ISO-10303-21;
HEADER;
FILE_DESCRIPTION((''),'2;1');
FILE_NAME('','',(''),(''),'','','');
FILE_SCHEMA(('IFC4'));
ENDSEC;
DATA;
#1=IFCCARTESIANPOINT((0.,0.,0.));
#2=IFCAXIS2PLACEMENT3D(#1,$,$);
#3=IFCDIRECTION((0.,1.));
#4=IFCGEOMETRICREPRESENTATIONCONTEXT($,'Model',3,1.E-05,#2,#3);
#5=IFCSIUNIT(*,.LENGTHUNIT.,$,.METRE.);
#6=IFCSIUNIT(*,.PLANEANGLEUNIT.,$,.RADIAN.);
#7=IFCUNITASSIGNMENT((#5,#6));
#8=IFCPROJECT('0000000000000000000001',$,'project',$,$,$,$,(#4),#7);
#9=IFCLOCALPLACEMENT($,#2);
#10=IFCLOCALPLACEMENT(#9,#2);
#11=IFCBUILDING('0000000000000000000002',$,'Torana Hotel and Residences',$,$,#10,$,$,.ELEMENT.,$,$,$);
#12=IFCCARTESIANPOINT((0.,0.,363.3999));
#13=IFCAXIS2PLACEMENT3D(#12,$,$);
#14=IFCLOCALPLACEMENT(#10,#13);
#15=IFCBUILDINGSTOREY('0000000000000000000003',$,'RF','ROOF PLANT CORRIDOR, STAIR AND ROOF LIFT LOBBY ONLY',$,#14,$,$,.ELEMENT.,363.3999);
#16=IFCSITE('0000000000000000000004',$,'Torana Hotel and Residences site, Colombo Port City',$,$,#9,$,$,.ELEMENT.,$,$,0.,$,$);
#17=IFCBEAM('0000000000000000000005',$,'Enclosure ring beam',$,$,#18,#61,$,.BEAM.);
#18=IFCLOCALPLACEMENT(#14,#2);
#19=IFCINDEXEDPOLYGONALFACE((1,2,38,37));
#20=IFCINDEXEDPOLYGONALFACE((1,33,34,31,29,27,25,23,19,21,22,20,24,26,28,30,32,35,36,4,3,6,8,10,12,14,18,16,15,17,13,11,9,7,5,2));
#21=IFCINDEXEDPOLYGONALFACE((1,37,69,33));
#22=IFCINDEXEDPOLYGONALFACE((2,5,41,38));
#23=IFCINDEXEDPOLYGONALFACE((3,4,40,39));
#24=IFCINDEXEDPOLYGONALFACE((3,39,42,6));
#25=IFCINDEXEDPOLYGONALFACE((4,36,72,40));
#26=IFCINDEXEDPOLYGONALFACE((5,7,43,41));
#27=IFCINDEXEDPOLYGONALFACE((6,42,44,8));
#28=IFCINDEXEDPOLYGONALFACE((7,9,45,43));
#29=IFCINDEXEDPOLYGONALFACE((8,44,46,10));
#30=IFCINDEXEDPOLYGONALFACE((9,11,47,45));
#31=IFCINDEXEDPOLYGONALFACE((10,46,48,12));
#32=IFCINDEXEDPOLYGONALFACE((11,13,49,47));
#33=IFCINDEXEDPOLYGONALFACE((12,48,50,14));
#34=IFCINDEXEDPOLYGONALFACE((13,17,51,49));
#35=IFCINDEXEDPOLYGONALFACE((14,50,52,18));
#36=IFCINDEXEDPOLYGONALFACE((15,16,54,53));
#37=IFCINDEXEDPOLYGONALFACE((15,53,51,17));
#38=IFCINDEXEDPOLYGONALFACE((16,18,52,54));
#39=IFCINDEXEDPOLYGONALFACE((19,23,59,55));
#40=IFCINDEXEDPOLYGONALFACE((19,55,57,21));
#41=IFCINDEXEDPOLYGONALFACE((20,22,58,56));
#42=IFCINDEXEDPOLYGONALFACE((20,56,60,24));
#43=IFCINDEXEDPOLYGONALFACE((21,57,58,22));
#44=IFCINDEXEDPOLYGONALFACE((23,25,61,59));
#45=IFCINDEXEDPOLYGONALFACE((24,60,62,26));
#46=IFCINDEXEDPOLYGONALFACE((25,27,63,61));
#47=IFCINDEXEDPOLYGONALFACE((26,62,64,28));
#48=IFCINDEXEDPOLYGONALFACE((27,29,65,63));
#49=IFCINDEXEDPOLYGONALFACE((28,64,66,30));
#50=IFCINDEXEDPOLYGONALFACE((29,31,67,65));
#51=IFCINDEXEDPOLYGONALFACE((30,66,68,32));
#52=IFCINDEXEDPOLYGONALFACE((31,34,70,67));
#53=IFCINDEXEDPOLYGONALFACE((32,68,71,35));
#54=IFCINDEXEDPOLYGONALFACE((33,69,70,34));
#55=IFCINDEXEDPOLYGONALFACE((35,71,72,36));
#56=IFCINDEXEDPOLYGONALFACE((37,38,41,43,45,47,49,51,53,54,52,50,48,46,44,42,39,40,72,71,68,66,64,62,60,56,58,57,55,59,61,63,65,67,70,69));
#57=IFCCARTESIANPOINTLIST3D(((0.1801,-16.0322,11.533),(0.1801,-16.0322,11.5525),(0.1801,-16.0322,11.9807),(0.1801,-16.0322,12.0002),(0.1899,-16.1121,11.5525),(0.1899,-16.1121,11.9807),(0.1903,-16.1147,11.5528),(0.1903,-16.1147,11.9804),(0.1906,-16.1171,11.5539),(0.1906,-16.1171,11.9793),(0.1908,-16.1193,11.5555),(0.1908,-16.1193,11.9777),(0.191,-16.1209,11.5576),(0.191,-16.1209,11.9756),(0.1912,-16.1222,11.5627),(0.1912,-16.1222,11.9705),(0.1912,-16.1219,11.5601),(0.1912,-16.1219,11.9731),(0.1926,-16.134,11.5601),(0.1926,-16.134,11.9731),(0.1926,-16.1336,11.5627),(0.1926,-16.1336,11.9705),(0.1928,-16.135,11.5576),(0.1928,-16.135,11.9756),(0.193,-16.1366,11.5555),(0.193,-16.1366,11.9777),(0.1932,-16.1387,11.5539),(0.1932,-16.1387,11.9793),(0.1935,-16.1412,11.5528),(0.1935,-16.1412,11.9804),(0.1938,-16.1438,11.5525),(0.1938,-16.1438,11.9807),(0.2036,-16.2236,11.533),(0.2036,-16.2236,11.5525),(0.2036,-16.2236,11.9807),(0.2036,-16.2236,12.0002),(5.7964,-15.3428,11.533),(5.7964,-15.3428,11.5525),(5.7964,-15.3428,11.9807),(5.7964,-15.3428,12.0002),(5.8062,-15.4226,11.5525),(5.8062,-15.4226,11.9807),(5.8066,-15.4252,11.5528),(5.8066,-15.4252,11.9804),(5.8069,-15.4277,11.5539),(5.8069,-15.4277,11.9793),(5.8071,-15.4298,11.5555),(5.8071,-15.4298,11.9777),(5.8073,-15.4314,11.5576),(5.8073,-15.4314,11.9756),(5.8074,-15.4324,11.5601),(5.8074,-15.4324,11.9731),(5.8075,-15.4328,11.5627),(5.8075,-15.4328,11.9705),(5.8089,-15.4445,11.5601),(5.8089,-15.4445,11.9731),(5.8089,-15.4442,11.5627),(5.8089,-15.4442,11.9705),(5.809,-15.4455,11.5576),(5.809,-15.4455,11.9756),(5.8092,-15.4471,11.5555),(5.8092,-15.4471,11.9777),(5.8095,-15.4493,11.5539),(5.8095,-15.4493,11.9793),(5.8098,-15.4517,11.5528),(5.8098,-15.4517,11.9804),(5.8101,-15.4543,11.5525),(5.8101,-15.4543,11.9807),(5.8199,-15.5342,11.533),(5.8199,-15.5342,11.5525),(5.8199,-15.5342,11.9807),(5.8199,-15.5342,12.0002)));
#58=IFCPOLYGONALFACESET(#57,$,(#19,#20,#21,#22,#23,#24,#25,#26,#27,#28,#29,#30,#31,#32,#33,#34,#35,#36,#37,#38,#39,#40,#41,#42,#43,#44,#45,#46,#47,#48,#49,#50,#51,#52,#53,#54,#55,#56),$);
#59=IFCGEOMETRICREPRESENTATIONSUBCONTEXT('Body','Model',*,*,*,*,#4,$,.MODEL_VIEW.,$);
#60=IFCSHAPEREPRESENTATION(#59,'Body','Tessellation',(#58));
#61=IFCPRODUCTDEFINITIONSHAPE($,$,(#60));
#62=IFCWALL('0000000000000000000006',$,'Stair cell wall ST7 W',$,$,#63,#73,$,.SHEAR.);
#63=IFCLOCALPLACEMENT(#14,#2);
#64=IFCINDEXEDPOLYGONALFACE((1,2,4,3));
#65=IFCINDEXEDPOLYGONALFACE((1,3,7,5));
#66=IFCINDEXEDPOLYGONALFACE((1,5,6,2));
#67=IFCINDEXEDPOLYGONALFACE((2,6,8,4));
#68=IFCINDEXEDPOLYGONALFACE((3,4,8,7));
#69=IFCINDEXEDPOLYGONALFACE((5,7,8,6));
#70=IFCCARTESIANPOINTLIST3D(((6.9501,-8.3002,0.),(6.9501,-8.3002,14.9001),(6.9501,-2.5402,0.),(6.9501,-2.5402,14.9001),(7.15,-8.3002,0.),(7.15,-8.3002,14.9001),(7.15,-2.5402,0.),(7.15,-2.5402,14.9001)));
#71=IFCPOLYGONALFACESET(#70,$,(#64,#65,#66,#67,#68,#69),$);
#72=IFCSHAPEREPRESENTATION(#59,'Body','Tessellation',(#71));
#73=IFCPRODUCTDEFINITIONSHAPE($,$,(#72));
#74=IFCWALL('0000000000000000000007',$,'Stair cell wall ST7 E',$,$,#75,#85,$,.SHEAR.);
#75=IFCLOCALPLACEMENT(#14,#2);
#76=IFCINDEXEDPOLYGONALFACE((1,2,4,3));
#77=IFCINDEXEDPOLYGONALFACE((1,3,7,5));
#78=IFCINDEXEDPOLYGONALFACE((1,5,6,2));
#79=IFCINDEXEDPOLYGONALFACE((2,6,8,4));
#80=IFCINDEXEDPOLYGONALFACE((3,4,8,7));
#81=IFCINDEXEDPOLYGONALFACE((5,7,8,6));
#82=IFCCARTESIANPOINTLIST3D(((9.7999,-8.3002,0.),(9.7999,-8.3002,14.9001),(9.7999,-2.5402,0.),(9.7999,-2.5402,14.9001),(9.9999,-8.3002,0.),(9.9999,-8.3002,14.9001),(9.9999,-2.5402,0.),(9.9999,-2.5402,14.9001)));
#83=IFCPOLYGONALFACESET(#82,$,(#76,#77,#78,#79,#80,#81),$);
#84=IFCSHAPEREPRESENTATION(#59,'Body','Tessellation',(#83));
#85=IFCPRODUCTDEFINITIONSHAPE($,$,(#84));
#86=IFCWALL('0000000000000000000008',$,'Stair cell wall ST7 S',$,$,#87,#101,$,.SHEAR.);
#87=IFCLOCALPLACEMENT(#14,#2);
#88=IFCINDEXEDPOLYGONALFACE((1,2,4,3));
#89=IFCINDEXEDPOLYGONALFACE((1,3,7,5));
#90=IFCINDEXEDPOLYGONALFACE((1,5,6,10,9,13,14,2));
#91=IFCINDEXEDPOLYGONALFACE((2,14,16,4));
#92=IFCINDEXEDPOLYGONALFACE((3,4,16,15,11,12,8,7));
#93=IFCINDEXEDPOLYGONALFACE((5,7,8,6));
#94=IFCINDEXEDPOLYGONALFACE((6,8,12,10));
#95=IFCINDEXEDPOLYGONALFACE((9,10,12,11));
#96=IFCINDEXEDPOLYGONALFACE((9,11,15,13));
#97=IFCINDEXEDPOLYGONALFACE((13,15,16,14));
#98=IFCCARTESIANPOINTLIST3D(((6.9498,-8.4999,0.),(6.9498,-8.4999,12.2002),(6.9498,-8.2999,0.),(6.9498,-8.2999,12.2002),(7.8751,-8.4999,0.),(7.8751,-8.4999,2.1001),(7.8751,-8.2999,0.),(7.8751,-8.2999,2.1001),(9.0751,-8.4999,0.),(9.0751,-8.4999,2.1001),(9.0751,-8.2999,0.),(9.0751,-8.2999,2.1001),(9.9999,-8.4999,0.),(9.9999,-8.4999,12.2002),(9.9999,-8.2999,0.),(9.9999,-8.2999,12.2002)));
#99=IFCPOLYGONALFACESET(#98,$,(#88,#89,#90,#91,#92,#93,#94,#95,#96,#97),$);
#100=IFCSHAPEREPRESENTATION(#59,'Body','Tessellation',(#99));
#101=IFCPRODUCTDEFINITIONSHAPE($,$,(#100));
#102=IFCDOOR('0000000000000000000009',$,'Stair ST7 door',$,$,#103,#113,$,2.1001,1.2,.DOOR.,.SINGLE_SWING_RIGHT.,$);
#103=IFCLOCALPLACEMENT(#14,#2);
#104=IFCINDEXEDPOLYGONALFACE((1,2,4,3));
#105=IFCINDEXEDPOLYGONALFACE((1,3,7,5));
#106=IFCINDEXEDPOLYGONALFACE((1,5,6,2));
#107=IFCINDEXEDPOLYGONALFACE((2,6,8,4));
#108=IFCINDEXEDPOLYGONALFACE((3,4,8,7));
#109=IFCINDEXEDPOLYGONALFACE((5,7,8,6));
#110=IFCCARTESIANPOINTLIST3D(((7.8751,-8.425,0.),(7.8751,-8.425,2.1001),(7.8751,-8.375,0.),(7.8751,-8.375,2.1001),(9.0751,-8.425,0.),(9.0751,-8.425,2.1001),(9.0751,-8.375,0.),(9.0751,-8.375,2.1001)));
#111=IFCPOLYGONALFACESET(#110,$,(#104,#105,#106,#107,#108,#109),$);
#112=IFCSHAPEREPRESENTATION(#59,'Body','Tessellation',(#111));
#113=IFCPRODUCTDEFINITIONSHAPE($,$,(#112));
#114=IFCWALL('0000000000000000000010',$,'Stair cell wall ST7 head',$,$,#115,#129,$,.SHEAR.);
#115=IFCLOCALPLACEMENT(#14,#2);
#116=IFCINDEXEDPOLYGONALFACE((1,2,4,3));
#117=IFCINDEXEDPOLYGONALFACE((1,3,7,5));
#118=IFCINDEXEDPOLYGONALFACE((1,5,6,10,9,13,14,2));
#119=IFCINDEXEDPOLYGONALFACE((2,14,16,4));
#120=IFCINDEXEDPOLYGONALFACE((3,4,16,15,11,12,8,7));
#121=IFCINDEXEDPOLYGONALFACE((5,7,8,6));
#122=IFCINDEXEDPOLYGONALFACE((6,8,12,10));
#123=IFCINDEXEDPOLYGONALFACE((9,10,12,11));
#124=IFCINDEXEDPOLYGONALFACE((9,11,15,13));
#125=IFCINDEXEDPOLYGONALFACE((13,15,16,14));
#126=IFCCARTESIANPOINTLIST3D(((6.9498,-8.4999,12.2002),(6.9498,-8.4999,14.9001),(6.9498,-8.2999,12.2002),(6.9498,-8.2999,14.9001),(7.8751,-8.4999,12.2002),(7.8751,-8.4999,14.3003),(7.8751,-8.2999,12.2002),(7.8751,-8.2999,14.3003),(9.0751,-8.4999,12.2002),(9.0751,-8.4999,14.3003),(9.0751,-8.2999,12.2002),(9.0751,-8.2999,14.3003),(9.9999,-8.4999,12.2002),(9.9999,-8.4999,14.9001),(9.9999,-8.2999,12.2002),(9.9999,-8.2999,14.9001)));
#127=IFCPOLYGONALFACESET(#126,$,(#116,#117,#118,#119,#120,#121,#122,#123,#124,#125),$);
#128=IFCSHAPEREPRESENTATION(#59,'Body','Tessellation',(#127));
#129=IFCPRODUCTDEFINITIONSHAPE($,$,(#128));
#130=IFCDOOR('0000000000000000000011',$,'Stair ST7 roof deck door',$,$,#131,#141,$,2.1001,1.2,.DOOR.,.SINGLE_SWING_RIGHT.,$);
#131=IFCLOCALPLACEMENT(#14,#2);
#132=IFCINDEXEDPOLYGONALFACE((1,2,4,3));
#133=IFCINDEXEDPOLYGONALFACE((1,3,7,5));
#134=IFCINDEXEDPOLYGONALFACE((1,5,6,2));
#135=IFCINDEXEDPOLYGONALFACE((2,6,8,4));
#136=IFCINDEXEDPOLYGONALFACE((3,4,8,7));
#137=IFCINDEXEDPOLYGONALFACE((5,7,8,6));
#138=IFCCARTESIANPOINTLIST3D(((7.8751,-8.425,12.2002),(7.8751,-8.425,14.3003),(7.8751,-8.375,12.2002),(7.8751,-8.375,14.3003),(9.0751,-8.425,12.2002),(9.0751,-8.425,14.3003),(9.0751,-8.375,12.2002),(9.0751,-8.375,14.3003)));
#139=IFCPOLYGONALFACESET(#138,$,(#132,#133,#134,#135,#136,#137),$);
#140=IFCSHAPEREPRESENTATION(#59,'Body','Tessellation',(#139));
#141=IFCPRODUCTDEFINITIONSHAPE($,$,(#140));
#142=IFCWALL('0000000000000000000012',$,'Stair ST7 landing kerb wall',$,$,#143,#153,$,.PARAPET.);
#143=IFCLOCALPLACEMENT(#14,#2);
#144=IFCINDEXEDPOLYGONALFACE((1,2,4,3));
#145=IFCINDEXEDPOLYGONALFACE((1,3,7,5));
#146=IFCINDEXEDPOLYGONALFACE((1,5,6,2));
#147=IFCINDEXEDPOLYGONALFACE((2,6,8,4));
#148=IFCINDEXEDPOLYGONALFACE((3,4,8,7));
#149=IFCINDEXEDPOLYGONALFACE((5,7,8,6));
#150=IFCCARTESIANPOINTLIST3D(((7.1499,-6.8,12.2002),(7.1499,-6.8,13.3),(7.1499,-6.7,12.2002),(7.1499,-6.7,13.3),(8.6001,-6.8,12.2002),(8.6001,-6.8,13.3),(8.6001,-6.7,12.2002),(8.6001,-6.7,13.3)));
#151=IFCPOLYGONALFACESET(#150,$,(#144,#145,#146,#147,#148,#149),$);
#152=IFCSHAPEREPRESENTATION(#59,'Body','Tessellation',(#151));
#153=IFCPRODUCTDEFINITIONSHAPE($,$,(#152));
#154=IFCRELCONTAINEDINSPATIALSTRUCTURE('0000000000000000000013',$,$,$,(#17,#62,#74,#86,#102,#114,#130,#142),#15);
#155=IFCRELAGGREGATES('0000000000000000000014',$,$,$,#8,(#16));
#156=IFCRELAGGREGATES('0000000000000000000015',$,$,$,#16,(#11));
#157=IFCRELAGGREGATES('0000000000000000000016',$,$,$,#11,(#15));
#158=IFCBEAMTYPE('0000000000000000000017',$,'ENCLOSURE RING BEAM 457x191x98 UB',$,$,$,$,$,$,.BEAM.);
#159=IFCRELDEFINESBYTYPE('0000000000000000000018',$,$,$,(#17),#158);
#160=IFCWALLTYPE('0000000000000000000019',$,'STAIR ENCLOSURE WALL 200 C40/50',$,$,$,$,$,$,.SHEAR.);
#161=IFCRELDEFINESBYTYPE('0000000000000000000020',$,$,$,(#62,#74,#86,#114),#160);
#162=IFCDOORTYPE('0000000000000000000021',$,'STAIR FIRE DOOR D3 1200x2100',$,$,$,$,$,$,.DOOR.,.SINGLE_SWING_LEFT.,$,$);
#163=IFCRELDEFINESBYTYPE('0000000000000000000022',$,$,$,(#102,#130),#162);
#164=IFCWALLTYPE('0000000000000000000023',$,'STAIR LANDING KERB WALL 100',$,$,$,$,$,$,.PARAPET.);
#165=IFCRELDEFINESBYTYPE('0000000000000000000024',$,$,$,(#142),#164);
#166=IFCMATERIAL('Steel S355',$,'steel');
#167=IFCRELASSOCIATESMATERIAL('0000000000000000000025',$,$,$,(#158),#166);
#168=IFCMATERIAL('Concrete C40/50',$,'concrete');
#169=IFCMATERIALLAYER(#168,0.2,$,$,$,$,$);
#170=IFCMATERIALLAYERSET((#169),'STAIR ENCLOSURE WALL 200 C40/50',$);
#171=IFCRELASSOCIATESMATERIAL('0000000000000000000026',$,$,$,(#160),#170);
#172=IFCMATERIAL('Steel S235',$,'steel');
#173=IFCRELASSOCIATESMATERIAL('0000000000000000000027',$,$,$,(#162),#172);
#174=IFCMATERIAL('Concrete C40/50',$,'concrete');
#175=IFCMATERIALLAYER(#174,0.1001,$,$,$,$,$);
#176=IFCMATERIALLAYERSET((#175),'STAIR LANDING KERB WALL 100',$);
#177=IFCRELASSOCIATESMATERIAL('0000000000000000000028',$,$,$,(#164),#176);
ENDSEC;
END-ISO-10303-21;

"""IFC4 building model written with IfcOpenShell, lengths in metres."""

from ifc_helpers import new_model, si_unit, direction, frame, frame_2d, origin, origin_2d, place, context, subcontext, project, spatial, rectangle, i_section, extrude, material, layer, layer_set, material_profile, profile_set, type_object, element, fill, save


model = new_model("IFC4")

# Units and contexts
model_context = context("Model", 3, precision=1e-05, world=origin(), true_north=direction((0.0, 1.0)))
body_context = subcontext(model_context, "Body", "Model", "MODEL_VIEW")
ifc_project = project(units=[si_unit("LENGTHUNIT", "METRE"), si_unit("PLANEANGLEUNIT", "RADIAN")], contexts=[model_context])

# Site, building, storey
site_placement = place(None, origin())
site = spatial("IfcSite", under=ifc_project, at=site_placement, Name="Torana Hotel and Residences site, Colombo Port City", CompositionType="ELEMENT", RefElevation=0.0)
building_placement = place(site_placement, origin())
building = spatial("IfcBuilding", under=site, at=building_placement, Name="Torana Hotel and Residences", CompositionType="ELEMENT")
storey_placement = place(building_placement, frame((0.0, 0.0, 363.3999)))
storey = spatial("IfcBuildingStorey", under=building, at=storey_placement, Name="RF", Description="ROOF PLANT CORRIDOR, STAIR AND ROOF LIFT LOBBY ONLY", CompositionType="ELEMENT", Elevation=363.3999)

# Beam
ifc_material_1 = material(Name="Steel S355", Category="steel")
ifc_material_profile_1 = material_profile(ifc_material_1, i_section(OverallWidth=0.1929, OverallDepth=0.4673, WebThickness=0.0115, FlangeThickness=0.0195, FilletRadius=0.0103, at=origin_2d()), Name="457x191x98 UB")
ifc_profile_set_1 = profile_set([ifc_material_profile_1], Name="Steel S355")
beam_type_1 = type_object("IfcBeamType", Name="ENCLOSURE RING BEAM 457x191x98 UB", PredefinedType="BEAM", material=ifc_profile_set_1)
beam_1_placement = place(storey_placement, frame((0.1919, -16.1279, 11.7666), z_axis=(0.992549, 0.121847, 0.0), x_axis=(-0.121847, 0.992549, 0.0)))
element("IfcBeam", 1, at=beam_1_placement, inside=storey, type_object=beam_type_1, Name="Enclosure ring beam", PredefinedType="BEAM", context=body_context, shape_type="SweptSolid", body=[
    extrude(i_section(OverallWidth=0.1929, OverallDepth=0.4673, WebThickness=0.0115, FlangeThickness=0.0195, FilletRadius=0.0103, at=origin_2d()), origin(), (0.0, 0.0, 1.0), 5.6584),
])

# Walls
ifc_material_2 = material(Name="Concrete C40/50", Category="concrete")
ifc_layer_1 = layer(ifc_material_2, 0.2)
ifc_layer_set_1 = layer_set([ifc_layer_1], Name="STAIR ENCLOSURE WALL 200 C40/50")
wall_type_1 = type_object("IfcWallType", Name="STAIR ENCLOSURE WALL 200 C40/50", PredefinedType="SHEAR", material=ifc_layer_set_1)
for number, where, z_axis, x_axis, name in (
    (2, (7.05, -8.3, 0.0), (0.0, 0.0, 1.0), (0.0, 1.0, 0.0), "Stair cell wall ST7 W"),
    (3, (9.8999, -8.3, 0.0), (0.0, 0.0, 1.0), (0.0, 1.0, 0.0), "Stair cell wall ST7 E"),
):
    element("IfcWall", number, at=place(storey_placement, frame(where, z_axis=z_axis, x_axis=x_axis)), inside=storey, type_object=wall_type_1, Name=name, PredefinedType="SHEAR", context=body_context, shape_type="SweptSolid", body=[
        extrude(rectangle(XDim=5.76, YDim=0.2, at=frame_2d((2.8799, 0.0))), origin(), (0.0, 0.0, 1.0), 14.9001),
    ])

# Walls, openings, doors
wall_1_placement = place(storey_placement, frame((6.95, -8.3999, 0.0), z_axis=(0.0, 0.0, 1.0), x_axis=(1.0, 0.0, 0.0)))
wall_1 = element("IfcWall", 4, at=wall_1_placement, inside=storey, type_object=wall_type_1, Name="Stair cell wall ST7 S", PredefinedType="SHEAR", context=body_context, shape_type="SweptSolid", body=[
    extrude(rectangle(XDim=3.05, YDim=0.2, at=frame_2d((1.5249, 0.0))), origin(), (0.0, 0.0, 1.0), 12.2002),
])
opening_1_placement = place(wall_1_placement, frame((0.925, 0.0, 0.0)))
opening_1 = element("IfcOpeningElement", 5, at=opening_1_placement, cuts=wall_1, PredefinedType="OPENING", context=body_context, shape_type="SweptSolid", body=[
    extrude(rectangle(XDim=1.2, YDim=2.1001, at=frame_2d((0.6001, 1.05))), frame((0.0, 0.1099, 0.0), z_axis=(0.0, -1.0, 0.0), x_axis=(1.0, 0.0, 0.0)), (0.0, 0.0, 1.0), 0.22),
])
ifc_material_3 = material(Name="Steel S235", Category="steel")
door_type = type_object("IfcDoorType", Name="STAIR FIRE DOOR D3 1200x2100", OperationType="SINGLE_SWING_LEFT", PredefinedType="DOOR", material=ifc_material_3)
door_1_placement = place(opening_1_placement, origin())
door_1 = element("IfcDoor", 6, at=door_1_placement, inside=storey, type_object=door_type, Name="Stair ST7 door", OperationType="SINGLE_SWING_RIGHT", OverallHeight=2.1001, OverallWidth=1.2, PredefinedType="DOOR", context=body_context, shape_type="SweptSolid", body=[
    extrude(rectangle(XDim=1.2, YDim=2.1001, at=frame_2d((0.6001, 1.05))), frame((0.0, 0.0249, 0.0), z_axis=(0.0, -1.0, 0.0), x_axis=(1.0, 0.0, 0.0)), (0.0, 0.0, 1.0), 0.05),
])
fill(opening_1, door_1)
wall_2_placement = place(storey_placement, frame((6.95, -8.3999, 12.2002), z_axis=(0.0, 0.0, 1.0), x_axis=(1.0, 0.0, 0.0)))
wall_2 = element("IfcWall", 7, at=wall_2_placement, inside=storey, type_object=wall_type_1, Name="Stair cell wall ST7 head", PredefinedType="SHEAR", context=body_context, shape_type="SweptSolid", body=[
    extrude(rectangle(XDim=3.05, YDim=0.2, at=frame_2d((1.5249, 0.0))), origin(), (0.0, 0.0, 1.0), 2.7),
])
opening_2_placement = place(wall_2_placement, frame((0.925, 0.0, 0.0)))
opening_2 = element("IfcOpeningElement", 8, at=opening_2_placement, cuts=wall_2, PredefinedType="OPENING", context=body_context, shape_type="SweptSolid", body=[
    extrude(rectangle(XDim=1.2, YDim=2.1001, at=frame_2d((0.6001, 1.05))), frame((0.0, 0.1099, 0.0), z_axis=(0.0, -1.0, 0.0), x_axis=(1.0, 0.0, 0.0)), (0.0, 0.0, 1.0), 0.22),
])
door_2_placement = place(opening_2_placement, frame((0.6001, 0.0, 0.0), z_axis=(0.0, 0.0, 1.0), x_axis=(-1.0, 0.0, 0.0)))
door_2 = element("IfcDoor", 9, at=door_2_placement, inside=storey, type_object=door_type, Name="Stair ST7 roof deck door", OperationType="SINGLE_SWING_RIGHT", OverallHeight=2.1001, OverallWidth=1.2, PredefinedType="DOOR", context=body_context, shape_type="SweptSolid", body=[
    extrude(rectangle(XDim=1.2, YDim=2.1001, at=frame_2d((0.0, 1.05))), frame((0.0, -0.0249, 0.0), z_axis=(0.0, 1.0, 0.0), x_axis=(-1.0, 0.0, 0.0)), (0.0, 0.0, 1.0), 0.05),
])
fill(opening_2, door_2)

# Wall
ifc_material_4 = material(Name="Concrete C40/50", Category="concrete")
ifc_layer_2 = layer(ifc_material_4, 0.1001)
ifc_layer_set_2 = layer_set([ifc_layer_2], Name="STAIR LANDING KERB WALL 100")
wall_type_2 = type_object("IfcWallType", Name="STAIR LANDING KERB WALL 100", PredefinedType="PARAPET", material=ifc_layer_set_2)
wall_3_placement = place(storey_placement, frame((7.1499, -6.75, 12.2002), z_axis=(0.0, 0.0, 1.0), x_axis=(1.0, 0.0, 0.0)))
element("IfcWall", 10, at=wall_3_placement, inside=storey, type_object=wall_type_2, Name="Stair ST7 landing kerb wall", PredefinedType="PARAPET", context=body_context, shape_type="SweptSolid", body=[
    extrude(rectangle(XDim=1.4502, YDim=0.1001, at=frame_2d((0.7251, 0.0))), origin(), (0.0, 0.0, 1.0), 1.0999),
])

save(model, "model.ifc")
